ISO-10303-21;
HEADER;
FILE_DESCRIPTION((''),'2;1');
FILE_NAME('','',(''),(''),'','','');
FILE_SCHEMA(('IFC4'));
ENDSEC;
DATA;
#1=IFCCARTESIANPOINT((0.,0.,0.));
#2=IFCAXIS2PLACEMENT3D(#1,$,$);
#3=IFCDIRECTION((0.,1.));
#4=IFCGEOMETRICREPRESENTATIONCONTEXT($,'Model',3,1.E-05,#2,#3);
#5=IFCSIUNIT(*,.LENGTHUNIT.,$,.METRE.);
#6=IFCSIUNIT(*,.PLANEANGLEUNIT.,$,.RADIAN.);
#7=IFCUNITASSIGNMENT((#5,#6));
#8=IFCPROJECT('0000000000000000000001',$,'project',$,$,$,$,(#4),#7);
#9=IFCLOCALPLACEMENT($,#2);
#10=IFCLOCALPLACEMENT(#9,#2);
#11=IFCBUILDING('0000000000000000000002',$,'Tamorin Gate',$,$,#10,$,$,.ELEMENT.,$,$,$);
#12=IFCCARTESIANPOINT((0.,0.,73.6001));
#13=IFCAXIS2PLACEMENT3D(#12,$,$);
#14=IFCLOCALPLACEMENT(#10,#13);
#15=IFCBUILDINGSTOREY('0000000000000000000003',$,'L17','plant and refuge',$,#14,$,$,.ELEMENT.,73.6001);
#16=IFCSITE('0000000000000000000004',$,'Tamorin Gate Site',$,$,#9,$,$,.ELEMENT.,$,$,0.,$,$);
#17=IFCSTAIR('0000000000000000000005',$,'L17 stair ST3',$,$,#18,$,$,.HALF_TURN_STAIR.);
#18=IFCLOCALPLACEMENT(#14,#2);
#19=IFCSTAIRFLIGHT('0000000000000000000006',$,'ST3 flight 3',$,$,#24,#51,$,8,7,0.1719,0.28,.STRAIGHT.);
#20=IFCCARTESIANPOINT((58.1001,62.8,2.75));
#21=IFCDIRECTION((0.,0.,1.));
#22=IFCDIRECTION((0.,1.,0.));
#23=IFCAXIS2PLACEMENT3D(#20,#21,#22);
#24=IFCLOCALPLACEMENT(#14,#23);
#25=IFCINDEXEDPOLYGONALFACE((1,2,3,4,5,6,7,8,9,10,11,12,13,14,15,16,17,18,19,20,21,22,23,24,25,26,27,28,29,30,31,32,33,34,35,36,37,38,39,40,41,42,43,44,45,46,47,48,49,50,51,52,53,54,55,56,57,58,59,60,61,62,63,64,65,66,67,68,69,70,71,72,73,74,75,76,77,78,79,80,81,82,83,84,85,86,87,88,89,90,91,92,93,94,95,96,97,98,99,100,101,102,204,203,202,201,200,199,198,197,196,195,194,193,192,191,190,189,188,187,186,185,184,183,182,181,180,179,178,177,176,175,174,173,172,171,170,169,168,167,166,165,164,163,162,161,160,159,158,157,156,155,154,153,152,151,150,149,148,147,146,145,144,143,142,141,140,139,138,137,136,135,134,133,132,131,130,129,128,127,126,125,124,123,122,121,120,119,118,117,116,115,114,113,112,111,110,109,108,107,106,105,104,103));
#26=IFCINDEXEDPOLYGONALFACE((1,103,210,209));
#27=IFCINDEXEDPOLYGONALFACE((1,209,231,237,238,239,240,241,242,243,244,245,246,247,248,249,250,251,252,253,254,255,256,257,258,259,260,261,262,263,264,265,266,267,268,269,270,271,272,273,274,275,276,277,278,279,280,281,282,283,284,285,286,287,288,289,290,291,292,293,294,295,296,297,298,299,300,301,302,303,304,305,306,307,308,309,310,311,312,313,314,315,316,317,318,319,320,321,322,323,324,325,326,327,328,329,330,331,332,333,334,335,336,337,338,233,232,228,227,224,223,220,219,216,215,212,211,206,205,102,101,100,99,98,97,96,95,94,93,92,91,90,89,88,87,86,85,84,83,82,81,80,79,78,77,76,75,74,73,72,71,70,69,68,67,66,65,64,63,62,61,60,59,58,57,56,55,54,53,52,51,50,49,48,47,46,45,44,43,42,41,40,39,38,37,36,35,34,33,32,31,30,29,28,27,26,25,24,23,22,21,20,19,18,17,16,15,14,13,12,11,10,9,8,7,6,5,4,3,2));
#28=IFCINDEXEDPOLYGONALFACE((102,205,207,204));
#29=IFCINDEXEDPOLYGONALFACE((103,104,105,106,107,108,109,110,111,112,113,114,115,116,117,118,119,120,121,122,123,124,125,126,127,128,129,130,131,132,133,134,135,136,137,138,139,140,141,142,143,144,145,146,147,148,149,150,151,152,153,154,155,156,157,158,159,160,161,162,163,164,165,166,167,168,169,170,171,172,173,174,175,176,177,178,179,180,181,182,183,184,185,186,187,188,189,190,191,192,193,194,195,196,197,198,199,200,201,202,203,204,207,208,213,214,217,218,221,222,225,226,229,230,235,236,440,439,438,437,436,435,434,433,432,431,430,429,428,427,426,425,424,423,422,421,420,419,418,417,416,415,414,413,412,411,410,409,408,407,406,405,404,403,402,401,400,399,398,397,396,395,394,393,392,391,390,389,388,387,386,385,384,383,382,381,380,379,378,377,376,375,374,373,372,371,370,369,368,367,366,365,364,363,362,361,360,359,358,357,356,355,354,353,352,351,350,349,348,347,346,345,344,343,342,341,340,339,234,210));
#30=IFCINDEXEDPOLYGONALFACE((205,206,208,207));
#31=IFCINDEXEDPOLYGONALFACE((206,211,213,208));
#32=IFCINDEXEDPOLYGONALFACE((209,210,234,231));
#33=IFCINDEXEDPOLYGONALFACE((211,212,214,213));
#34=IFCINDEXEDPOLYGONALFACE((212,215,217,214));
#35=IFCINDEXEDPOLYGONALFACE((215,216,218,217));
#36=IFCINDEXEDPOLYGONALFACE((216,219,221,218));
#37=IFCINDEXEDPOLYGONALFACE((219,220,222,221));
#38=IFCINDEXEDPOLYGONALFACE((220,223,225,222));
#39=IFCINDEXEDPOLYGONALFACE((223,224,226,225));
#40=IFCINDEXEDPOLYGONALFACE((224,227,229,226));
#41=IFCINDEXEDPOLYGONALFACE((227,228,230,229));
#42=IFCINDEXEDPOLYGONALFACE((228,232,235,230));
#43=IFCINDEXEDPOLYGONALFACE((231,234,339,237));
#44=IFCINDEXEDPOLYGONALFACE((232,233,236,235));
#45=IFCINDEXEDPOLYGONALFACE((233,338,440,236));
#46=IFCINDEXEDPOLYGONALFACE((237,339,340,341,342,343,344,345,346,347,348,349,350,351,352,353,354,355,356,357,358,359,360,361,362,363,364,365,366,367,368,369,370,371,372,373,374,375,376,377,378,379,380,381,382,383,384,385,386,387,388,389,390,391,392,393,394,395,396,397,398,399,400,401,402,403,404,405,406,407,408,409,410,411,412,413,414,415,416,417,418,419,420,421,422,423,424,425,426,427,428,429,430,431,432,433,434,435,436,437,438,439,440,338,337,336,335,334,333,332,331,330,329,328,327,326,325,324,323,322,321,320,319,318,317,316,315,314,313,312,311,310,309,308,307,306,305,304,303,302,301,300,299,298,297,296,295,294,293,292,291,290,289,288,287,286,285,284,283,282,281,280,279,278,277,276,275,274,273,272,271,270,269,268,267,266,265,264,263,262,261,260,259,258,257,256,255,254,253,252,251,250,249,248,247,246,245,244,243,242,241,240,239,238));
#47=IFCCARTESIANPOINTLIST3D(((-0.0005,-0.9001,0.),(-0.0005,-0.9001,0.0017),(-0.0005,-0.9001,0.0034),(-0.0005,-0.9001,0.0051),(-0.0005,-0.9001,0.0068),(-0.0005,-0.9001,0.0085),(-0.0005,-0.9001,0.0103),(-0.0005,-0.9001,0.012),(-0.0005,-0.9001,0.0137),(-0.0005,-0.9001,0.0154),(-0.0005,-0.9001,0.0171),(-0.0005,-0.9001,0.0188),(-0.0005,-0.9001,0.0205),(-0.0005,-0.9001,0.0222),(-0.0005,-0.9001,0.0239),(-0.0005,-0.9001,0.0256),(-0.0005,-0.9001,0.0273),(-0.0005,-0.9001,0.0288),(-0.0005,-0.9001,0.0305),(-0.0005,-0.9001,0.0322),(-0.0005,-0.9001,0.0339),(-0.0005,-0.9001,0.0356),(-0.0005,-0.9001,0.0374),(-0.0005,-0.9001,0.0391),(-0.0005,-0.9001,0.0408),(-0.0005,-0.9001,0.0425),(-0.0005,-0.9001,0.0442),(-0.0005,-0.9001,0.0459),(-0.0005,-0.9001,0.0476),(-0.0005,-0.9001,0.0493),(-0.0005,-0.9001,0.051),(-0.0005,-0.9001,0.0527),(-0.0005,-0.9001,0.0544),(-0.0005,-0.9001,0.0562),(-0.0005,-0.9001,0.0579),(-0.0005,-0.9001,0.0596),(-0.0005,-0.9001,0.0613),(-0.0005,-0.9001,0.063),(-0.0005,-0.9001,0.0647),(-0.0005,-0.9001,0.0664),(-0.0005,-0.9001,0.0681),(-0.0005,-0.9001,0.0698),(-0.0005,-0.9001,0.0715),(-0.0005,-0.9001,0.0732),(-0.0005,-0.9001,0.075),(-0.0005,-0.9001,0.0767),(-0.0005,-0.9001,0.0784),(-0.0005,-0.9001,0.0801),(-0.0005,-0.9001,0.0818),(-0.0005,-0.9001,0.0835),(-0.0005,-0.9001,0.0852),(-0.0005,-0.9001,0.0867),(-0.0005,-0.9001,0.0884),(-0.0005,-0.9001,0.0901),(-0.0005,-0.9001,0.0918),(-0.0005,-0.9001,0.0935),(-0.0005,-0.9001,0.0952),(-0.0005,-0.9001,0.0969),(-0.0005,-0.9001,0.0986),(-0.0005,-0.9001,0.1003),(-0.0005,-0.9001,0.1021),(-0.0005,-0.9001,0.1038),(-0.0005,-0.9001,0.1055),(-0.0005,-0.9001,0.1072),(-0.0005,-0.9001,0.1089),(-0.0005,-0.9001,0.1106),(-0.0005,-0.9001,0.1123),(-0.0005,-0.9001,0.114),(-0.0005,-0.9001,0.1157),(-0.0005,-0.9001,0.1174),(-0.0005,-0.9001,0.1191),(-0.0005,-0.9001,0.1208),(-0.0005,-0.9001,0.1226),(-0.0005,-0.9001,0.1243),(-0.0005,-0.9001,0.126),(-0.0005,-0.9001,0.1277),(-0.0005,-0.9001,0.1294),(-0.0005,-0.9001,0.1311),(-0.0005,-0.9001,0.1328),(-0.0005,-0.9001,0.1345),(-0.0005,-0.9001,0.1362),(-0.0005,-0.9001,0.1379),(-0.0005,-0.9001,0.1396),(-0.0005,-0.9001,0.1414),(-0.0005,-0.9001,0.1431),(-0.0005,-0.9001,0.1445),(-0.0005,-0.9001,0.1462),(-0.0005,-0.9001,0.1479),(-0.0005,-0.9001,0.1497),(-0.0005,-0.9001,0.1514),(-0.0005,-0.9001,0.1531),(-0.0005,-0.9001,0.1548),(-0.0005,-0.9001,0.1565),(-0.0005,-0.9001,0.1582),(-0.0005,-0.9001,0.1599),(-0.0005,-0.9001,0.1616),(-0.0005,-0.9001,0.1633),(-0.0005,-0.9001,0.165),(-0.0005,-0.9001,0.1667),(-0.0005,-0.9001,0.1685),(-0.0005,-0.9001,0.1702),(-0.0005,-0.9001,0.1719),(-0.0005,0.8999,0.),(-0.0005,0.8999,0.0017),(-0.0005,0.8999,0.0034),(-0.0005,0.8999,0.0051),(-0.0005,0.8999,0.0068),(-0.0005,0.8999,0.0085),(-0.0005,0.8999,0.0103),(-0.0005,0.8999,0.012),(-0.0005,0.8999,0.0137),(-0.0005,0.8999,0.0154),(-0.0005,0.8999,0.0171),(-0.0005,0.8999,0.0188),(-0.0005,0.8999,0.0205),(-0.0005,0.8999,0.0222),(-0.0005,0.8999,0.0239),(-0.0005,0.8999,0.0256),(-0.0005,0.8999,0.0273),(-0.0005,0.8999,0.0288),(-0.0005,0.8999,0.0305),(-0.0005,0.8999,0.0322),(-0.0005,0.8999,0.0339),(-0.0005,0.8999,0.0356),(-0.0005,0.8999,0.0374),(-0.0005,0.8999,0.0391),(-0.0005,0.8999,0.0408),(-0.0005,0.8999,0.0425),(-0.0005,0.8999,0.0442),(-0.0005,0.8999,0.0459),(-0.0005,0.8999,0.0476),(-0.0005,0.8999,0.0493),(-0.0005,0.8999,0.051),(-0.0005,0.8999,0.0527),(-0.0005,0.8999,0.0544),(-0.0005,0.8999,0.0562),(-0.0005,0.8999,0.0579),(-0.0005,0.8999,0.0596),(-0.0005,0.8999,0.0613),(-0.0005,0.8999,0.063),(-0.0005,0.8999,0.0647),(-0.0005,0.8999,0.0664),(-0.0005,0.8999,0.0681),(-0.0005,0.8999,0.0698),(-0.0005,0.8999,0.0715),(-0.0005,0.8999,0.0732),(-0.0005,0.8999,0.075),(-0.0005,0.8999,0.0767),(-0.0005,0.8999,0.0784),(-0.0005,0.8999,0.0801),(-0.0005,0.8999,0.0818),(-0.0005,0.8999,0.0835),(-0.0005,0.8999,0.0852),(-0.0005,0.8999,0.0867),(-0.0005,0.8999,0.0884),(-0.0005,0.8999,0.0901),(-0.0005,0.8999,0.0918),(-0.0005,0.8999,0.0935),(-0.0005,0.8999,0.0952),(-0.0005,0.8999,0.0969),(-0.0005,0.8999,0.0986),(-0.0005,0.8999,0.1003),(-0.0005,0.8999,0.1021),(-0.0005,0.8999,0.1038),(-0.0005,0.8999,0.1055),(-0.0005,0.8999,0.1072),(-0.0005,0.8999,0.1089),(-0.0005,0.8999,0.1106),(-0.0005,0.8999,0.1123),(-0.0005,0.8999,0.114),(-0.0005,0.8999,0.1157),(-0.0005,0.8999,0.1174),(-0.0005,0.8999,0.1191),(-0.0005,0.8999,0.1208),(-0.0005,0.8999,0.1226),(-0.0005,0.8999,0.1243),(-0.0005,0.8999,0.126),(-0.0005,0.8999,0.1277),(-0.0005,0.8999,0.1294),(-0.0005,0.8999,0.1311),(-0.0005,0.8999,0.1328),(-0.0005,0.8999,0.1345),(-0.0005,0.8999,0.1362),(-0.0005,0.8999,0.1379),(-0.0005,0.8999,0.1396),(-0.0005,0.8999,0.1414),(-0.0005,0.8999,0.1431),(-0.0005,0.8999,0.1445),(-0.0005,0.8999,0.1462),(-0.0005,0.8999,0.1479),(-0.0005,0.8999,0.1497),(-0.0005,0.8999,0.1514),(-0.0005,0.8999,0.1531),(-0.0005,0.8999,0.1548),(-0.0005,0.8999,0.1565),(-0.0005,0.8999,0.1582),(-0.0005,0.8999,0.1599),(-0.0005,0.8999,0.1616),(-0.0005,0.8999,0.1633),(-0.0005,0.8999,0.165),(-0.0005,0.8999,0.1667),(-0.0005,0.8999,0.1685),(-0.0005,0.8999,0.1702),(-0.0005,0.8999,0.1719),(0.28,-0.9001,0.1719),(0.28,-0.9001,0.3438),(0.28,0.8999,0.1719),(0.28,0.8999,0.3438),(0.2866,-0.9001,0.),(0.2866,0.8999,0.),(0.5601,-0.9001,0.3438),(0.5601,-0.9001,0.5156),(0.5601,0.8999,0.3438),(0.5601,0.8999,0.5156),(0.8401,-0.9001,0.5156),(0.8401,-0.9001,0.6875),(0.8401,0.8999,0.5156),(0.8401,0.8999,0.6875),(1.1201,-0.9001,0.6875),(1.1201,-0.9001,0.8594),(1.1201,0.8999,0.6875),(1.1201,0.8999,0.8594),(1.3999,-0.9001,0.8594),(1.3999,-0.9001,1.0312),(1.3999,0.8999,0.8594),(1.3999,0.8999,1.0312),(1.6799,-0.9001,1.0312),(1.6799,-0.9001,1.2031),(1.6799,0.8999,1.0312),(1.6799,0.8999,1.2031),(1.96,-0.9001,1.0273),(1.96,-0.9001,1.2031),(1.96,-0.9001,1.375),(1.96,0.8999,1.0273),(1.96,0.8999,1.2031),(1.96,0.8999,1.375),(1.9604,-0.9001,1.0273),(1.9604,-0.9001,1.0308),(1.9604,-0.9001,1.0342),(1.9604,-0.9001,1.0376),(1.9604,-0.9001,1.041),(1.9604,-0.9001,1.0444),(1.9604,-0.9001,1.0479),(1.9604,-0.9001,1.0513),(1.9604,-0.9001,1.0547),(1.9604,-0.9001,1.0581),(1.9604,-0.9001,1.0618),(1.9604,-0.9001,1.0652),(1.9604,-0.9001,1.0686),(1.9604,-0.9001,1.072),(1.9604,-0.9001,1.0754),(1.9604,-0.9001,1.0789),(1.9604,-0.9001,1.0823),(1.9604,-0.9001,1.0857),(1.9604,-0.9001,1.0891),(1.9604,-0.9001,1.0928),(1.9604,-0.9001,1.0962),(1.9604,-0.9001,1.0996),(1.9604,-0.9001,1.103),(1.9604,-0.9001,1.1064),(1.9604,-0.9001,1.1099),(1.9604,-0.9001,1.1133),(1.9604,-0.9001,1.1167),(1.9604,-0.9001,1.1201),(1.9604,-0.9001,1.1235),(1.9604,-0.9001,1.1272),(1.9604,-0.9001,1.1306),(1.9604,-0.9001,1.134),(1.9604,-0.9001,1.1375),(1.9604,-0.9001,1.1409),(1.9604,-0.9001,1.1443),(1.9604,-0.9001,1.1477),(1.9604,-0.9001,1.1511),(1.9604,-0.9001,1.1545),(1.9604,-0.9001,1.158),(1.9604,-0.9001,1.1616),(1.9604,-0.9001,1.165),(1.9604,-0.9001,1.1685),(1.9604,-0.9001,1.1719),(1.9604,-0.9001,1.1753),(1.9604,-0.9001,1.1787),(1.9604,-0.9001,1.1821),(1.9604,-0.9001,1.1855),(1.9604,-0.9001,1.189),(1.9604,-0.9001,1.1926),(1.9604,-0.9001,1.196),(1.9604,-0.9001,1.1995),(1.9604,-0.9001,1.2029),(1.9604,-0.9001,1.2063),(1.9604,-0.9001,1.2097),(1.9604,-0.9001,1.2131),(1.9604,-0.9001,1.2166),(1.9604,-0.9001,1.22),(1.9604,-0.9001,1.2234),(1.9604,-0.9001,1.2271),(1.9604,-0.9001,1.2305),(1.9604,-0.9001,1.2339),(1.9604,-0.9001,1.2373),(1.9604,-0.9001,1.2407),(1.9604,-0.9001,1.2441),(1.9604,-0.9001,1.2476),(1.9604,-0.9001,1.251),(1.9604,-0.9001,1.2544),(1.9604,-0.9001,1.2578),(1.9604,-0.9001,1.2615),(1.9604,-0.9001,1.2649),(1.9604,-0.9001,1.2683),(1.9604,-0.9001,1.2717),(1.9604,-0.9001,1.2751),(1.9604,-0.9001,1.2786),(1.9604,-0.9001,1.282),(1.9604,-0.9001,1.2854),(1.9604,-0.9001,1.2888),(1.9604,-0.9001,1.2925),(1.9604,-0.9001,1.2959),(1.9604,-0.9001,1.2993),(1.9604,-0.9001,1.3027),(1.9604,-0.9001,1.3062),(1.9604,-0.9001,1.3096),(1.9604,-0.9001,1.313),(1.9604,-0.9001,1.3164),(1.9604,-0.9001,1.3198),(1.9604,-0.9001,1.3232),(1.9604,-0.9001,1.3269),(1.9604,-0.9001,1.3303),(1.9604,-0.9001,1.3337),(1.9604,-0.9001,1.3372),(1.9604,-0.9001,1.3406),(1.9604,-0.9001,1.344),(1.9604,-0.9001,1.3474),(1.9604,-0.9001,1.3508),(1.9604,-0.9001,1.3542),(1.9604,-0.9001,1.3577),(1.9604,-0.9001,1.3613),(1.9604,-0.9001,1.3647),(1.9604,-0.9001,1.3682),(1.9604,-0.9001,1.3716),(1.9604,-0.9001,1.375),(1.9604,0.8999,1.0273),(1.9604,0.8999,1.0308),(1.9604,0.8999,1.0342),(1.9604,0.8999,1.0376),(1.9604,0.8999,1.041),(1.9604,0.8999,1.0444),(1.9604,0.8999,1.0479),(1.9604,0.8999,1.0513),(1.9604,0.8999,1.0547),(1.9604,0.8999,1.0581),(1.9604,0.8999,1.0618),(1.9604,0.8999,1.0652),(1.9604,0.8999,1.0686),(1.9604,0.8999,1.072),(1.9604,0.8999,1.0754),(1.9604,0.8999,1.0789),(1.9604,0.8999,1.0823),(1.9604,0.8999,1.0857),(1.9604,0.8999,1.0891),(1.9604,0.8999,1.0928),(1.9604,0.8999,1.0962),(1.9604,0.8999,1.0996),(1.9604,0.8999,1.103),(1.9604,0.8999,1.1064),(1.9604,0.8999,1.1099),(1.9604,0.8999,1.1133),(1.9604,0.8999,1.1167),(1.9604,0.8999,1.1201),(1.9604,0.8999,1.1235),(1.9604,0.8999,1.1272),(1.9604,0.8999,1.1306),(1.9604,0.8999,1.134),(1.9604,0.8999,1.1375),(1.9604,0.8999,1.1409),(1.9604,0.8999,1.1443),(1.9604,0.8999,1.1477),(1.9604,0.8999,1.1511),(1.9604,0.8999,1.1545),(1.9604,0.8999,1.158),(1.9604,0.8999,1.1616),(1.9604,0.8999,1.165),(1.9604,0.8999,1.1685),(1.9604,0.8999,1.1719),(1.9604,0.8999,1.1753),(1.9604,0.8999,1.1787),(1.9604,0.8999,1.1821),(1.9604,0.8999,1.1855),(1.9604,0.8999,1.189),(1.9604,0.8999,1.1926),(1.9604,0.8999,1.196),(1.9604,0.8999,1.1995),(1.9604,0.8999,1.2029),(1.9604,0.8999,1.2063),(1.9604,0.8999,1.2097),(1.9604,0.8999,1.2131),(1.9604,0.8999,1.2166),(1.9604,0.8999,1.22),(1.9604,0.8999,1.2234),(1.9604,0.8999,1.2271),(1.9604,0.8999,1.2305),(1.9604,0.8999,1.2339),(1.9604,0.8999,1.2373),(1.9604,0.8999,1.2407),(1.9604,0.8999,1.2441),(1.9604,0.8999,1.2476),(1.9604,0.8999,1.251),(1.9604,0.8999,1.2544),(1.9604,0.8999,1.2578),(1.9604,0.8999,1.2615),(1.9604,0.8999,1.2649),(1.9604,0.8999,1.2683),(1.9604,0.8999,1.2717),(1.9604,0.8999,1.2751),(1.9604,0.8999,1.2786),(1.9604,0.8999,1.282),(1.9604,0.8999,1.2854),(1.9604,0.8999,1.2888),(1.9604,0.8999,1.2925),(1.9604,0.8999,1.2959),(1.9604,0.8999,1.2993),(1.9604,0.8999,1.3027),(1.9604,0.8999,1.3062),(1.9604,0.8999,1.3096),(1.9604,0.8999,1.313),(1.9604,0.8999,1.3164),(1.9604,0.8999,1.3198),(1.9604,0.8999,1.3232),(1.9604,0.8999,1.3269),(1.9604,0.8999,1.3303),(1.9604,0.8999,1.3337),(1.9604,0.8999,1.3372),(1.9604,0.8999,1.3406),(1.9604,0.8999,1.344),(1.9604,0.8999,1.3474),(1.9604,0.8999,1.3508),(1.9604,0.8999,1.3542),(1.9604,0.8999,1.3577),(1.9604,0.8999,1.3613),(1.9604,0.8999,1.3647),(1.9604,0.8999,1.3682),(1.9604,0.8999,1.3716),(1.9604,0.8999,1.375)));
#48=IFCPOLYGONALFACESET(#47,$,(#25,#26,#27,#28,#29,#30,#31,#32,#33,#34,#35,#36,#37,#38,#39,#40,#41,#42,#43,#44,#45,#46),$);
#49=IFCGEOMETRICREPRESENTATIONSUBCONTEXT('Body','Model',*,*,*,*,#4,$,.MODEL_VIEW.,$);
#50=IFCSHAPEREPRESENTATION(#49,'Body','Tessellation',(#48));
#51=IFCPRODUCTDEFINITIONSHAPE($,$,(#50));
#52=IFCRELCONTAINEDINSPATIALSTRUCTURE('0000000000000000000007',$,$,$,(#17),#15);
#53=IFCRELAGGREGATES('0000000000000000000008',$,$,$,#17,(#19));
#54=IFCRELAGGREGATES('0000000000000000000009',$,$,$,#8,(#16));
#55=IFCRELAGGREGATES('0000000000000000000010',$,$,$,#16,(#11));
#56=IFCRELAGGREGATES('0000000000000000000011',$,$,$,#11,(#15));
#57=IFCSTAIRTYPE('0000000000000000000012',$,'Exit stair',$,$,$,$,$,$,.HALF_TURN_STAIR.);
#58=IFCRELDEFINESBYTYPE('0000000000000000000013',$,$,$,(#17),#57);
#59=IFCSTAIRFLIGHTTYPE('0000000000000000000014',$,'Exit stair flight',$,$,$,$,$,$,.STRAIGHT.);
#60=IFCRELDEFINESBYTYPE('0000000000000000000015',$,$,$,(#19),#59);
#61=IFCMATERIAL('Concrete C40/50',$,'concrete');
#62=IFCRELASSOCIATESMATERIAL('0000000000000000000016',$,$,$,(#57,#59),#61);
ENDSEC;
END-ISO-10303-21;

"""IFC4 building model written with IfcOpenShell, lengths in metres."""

from ifc_helpers import new_model, si_unit, direction, frame, origin, place, context, subcontext, project, spatial, polyline, outline, extrude, material, type_object, element, aggregate, save


model = new_model("IFC4")

# Units and contexts
model_context = context("Model", 3, precision=1e-05, world=origin(), true_north=direction((0.0, 1.0)))
body_context = subcontext(model_context, "Body", "Model", "MODEL_VIEW")
ifc_project = project(units=[si_unit("LENGTHUNIT", "METRE"), si_unit("PLANEANGLEUNIT", "RADIAN")], contexts=[model_context])

# Site, building, storey
site_placement = place(None, origin())
site = spatial("IfcSite", under=ifc_project, at=site_placement, Name="Tamorin Gate Site", CompositionType="ELEMENT", RefElevation=0.0)
building_placement = place(site_placement, origin())
building = spatial("IfcBuilding", under=site, at=building_placement, Name="Tamorin Gate", CompositionType="ELEMENT")
storey_placement = place(building_placement, frame((0.0, 0.0, 73.6001)))
storey = spatial("IfcBuildingStorey", under=building, at=storey_placement, Name="L17", Description="plant and refuge", CompositionType="ELEMENT", Elevation=73.6001)

# Stair, stair flight
ifc_material_1 = material(Name="Concrete C40/50", Category="concrete")
stair_type = type_object("IfcStairType", Name="Exit stair", PredefinedType="HALF_TURN_STAIR", material=ifc_material_1)
stair_placement = place(storey_placement, origin())
stair = element("IfcStair", 1, at=stair_placement, inside=storey, type_object=stair_type, Name="L17 stair ST3", PredefinedType="HALF_TURN_STAIR")
stair_flight_type = type_object("IfcStairFlightType", Name="Exit stair flight", PredefinedType="STRAIGHT", material=ifc_material_1)
stair_flight_1_placement = place(storey_placement, frame((58.1001, 62.8, 2.75), z_axis=(0.0, 0.0, 1.0), x_axis=(0.0, 1.0, 0.0)))
stair_flight_1 = element("IfcStairFlight", 2, at=stair_flight_1_placement, type_object=stair_flight_type, Name="ST3 flight 3", NumberOfRisers=8, NumberOfTreads=7, PredefinedType="STRAIGHT", RiserHeight=0.1719, TreadLength=0.28, context=body_context, shape_type="SweptSolid", body=[
    extrude(outline(polyline([(-0.0005, 0.0), (-0.0005, 0.0017), (-0.0005, 0.0034), (-0.0005, 0.0051), (-0.0005, 0.0068), (-0.0005, 0.0085), (-0.0005, 0.0103), (-0.0005, 0.012), (-0.0005, 0.0137), (-0.0005, 0.0154), (-0.0005, 0.0171), (-0.0005, 0.0188), (-0.0005, 0.0205), (-0.0005, 0.0222), (-0.0005, 0.0239), (-0.0005, 0.0256), (-0.0005, 0.0273), (-0.0005, 0.0288), (-0.0005, 0.0305), (-0.0005, 0.0322), (-0.0005, 0.0339), (-0.0005, 0.0356), (-0.0005, 0.0374), (-0.0005, 0.0391), (-0.0005, 0.0408), (-0.0005, 0.0425), (-0.0005, 0.0442), (-0.0005, 0.0459), (-0.0005, 0.0476), (-0.0005, 0.0493), (-0.0005, 0.051), (-0.0005, 0.0527), (-0.0005, 0.0544), (-0.0005, 0.0562), (-0.0005, 0.0579), (-0.0005, 0.0596), (-0.0005, 0.0613), (-0.0005, 0.063), (-0.0005, 0.0647), (-0.0005, 0.0664), (-0.0005, 0.0681), (-0.0005, 0.0698), (-0.0005, 0.0715), (-0.0005, 0.0732), (-0.0005, 0.075), (-0.0005, 0.0767), (-0.0005, 0.0784), (-0.0005, 0.0801), (-0.0005, 0.0818), (-0.0005, 0.0835), (-0.0005, 0.0852), (-0.0005, 0.0867), (-0.0005, 0.0884), (-0.0005, 0.0901), (-0.0005, 0.0918), (-0.0005, 0.0935), (-0.0005, 0.0952), (-0.0005, 0.0969), (-0.0005, 0.0986), (-0.0005, 0.1003), (-0.0005, 0.1021), (-0.0005, 0.1038), (-0.0005, 0.1055), (-0.0005, 0.1072), (-0.0005, 0.1089), (-0.0005, 0.1106), (-0.0005, 0.1123), (-0.0005, 0.114), (-0.0005, 0.1157), (-0.0005, 0.1174), (-0.0005, 0.1191), (-0.0005, 0.1208), (-0.0005, 0.1226), (-0.0005, 0.1243), (-0.0005, 0.126), (-0.0005, 0.1277), (-0.0005, 0.1294), (-0.0005, 0.1311), (-0.0005, 0.1328), (-0.0005, 0.1345), (-0.0005, 0.1362), (-0.0005, 0.1379), (-0.0005, 0.1396), (-0.0005, 0.1414), (-0.0005, 0.1431), (-0.0005, 0.1445), (-0.0005, 0.1462), (-0.0005, 0.1479), (-0.0005, 0.1497), (-0.0005, 0.1514), (-0.0005, 0.1531), (-0.0005, 0.1548), (-0.0005, 0.1565), (-0.0005, 0.1582), (-0.0005, 0.1599), (-0.0005, 0.1616), (-0.0005, 0.1633), (-0.0005, 0.165), (-0.0005, 0.1667), (-0.0005, 0.1685), (-0.0005, 0.1702), (-0.0005, 0.1719), (0.28, 0.1719), (0.28, 0.3438), (0.5601, 0.3438), (0.5601, 0.5156), (0.8401, 0.5156), (0.8401, 0.6875), (1.1201, 0.6875), (1.1201, 0.8594), (1.3999, 0.8594), (1.3999, 1.0312), (1.6799, 1.0312), (1.6799, 1.2031), (1.96, 1.2031), (1.96, 1.375), (1.9604, 1.375), (1.9604, 1.3716), (1.9604, 1.3682), (1.9604, 1.3647), (1.9604, 1.3613), (1.9604, 1.3577), (1.9604, 1.3542), (1.9604, 1.3508), (1.9604, 1.3474), (1.9604, 1.344), (1.9604, 1.3406), (1.9604, 1.3372), (1.9604, 1.3337), (1.9604, 1.3303), (1.9604, 1.3269), (1.9604, 1.3232), (1.9604, 1.3198), (1.9604, 1.3164), (1.9604, 1.313), (1.9604, 1.3096), (1.9604, 1.3062), (1.9604, 1.3027), (1.9604, 1.2993), (1.9604, 1.2959), (1.9604, 1.2925), (1.9604, 1.2888), (1.9604, 1.2854), (1.9604, 1.282), (1.9604, 1.2786), (1.9604, 1.2751), (1.9604, 1.2717), (1.9604, 1.2683), (1.9604, 1.2649), (1.9604, 1.2615), (1.9604, 1.2578), (1.9604, 1.2544), (1.9604, 1.251), (1.9604, 1.2476), (1.9604, 1.2441), (1.9604, 1.2407), (1.9604, 1.2373), (1.9604, 1.2339), (1.9604, 1.2305), (1.9604, 1.2271), (1.9604, 1.2234), (1.9604, 1.22), (1.9604, 1.2166), (1.9604, 1.2131), (1.9604, 1.2097), (1.9604, 1.2063), (1.9604, 1.2029), (1.9604, 1.1995), (1.9604, 1.196), (1.9604, 1.1926), (1.9604, 1.189), (1.9604, 1.1855), (1.9604, 1.1821), (1.9604, 1.1787), (1.9604, 1.1753), (1.9604, 1.1719), (1.9604, 1.1685), (1.9604, 1.165), (1.9604, 1.1616), (1.9604, 1.158), (1.9604, 1.1545), (1.9604, 1.1511), (1.9604, 1.1477), (1.9604, 1.1443), (1.9604, 1.1409), (1.9604, 1.1375), (1.9604, 1.134), (1.9604, 1.1306), (1.9604, 1.1272), (1.9604, 1.1235), (1.9604, 1.1201), (1.9604, 1.1167), (1.9604, 1.1133), (1.9604, 1.1099), (1.9604, 1.1064), (1.9604, 1.103), (1.9604, 1.0996), (1.9604, 1.0962), (1.9604, 1.0928), (1.9604, 1.0891), (1.9604, 1.0857), (1.9604, 1.0823), (1.9604, 1.0789), (1.9604, 1.0754), (1.9604, 1.072), (1.9604, 1.0686), (1.9604, 1.0652), (1.9604, 1.0618), (1.9604, 1.0581), (1.9604, 1.0547), (1.9604, 1.0513), (1.9604, 1.0479), (1.9604, 1.0444), (1.9604, 1.041), (1.9604, 1.0376), (1.9604, 1.0342), (1.9604, 1.0308), (1.9604, 1.0273), (1.96, 1.0273), (0.2866, 0.0), (-0.0005, 0.0)])), frame((0.0, 0.8999, 0.0), z_axis=(0.0, -1.0, 0.0), x_axis=(1.0, 0.0, 0.0)), (0.0, 0.0, 1.0), 1.8),
])
aggregate(stair, [stair_flight_1])

save(model, "model.ifc")
